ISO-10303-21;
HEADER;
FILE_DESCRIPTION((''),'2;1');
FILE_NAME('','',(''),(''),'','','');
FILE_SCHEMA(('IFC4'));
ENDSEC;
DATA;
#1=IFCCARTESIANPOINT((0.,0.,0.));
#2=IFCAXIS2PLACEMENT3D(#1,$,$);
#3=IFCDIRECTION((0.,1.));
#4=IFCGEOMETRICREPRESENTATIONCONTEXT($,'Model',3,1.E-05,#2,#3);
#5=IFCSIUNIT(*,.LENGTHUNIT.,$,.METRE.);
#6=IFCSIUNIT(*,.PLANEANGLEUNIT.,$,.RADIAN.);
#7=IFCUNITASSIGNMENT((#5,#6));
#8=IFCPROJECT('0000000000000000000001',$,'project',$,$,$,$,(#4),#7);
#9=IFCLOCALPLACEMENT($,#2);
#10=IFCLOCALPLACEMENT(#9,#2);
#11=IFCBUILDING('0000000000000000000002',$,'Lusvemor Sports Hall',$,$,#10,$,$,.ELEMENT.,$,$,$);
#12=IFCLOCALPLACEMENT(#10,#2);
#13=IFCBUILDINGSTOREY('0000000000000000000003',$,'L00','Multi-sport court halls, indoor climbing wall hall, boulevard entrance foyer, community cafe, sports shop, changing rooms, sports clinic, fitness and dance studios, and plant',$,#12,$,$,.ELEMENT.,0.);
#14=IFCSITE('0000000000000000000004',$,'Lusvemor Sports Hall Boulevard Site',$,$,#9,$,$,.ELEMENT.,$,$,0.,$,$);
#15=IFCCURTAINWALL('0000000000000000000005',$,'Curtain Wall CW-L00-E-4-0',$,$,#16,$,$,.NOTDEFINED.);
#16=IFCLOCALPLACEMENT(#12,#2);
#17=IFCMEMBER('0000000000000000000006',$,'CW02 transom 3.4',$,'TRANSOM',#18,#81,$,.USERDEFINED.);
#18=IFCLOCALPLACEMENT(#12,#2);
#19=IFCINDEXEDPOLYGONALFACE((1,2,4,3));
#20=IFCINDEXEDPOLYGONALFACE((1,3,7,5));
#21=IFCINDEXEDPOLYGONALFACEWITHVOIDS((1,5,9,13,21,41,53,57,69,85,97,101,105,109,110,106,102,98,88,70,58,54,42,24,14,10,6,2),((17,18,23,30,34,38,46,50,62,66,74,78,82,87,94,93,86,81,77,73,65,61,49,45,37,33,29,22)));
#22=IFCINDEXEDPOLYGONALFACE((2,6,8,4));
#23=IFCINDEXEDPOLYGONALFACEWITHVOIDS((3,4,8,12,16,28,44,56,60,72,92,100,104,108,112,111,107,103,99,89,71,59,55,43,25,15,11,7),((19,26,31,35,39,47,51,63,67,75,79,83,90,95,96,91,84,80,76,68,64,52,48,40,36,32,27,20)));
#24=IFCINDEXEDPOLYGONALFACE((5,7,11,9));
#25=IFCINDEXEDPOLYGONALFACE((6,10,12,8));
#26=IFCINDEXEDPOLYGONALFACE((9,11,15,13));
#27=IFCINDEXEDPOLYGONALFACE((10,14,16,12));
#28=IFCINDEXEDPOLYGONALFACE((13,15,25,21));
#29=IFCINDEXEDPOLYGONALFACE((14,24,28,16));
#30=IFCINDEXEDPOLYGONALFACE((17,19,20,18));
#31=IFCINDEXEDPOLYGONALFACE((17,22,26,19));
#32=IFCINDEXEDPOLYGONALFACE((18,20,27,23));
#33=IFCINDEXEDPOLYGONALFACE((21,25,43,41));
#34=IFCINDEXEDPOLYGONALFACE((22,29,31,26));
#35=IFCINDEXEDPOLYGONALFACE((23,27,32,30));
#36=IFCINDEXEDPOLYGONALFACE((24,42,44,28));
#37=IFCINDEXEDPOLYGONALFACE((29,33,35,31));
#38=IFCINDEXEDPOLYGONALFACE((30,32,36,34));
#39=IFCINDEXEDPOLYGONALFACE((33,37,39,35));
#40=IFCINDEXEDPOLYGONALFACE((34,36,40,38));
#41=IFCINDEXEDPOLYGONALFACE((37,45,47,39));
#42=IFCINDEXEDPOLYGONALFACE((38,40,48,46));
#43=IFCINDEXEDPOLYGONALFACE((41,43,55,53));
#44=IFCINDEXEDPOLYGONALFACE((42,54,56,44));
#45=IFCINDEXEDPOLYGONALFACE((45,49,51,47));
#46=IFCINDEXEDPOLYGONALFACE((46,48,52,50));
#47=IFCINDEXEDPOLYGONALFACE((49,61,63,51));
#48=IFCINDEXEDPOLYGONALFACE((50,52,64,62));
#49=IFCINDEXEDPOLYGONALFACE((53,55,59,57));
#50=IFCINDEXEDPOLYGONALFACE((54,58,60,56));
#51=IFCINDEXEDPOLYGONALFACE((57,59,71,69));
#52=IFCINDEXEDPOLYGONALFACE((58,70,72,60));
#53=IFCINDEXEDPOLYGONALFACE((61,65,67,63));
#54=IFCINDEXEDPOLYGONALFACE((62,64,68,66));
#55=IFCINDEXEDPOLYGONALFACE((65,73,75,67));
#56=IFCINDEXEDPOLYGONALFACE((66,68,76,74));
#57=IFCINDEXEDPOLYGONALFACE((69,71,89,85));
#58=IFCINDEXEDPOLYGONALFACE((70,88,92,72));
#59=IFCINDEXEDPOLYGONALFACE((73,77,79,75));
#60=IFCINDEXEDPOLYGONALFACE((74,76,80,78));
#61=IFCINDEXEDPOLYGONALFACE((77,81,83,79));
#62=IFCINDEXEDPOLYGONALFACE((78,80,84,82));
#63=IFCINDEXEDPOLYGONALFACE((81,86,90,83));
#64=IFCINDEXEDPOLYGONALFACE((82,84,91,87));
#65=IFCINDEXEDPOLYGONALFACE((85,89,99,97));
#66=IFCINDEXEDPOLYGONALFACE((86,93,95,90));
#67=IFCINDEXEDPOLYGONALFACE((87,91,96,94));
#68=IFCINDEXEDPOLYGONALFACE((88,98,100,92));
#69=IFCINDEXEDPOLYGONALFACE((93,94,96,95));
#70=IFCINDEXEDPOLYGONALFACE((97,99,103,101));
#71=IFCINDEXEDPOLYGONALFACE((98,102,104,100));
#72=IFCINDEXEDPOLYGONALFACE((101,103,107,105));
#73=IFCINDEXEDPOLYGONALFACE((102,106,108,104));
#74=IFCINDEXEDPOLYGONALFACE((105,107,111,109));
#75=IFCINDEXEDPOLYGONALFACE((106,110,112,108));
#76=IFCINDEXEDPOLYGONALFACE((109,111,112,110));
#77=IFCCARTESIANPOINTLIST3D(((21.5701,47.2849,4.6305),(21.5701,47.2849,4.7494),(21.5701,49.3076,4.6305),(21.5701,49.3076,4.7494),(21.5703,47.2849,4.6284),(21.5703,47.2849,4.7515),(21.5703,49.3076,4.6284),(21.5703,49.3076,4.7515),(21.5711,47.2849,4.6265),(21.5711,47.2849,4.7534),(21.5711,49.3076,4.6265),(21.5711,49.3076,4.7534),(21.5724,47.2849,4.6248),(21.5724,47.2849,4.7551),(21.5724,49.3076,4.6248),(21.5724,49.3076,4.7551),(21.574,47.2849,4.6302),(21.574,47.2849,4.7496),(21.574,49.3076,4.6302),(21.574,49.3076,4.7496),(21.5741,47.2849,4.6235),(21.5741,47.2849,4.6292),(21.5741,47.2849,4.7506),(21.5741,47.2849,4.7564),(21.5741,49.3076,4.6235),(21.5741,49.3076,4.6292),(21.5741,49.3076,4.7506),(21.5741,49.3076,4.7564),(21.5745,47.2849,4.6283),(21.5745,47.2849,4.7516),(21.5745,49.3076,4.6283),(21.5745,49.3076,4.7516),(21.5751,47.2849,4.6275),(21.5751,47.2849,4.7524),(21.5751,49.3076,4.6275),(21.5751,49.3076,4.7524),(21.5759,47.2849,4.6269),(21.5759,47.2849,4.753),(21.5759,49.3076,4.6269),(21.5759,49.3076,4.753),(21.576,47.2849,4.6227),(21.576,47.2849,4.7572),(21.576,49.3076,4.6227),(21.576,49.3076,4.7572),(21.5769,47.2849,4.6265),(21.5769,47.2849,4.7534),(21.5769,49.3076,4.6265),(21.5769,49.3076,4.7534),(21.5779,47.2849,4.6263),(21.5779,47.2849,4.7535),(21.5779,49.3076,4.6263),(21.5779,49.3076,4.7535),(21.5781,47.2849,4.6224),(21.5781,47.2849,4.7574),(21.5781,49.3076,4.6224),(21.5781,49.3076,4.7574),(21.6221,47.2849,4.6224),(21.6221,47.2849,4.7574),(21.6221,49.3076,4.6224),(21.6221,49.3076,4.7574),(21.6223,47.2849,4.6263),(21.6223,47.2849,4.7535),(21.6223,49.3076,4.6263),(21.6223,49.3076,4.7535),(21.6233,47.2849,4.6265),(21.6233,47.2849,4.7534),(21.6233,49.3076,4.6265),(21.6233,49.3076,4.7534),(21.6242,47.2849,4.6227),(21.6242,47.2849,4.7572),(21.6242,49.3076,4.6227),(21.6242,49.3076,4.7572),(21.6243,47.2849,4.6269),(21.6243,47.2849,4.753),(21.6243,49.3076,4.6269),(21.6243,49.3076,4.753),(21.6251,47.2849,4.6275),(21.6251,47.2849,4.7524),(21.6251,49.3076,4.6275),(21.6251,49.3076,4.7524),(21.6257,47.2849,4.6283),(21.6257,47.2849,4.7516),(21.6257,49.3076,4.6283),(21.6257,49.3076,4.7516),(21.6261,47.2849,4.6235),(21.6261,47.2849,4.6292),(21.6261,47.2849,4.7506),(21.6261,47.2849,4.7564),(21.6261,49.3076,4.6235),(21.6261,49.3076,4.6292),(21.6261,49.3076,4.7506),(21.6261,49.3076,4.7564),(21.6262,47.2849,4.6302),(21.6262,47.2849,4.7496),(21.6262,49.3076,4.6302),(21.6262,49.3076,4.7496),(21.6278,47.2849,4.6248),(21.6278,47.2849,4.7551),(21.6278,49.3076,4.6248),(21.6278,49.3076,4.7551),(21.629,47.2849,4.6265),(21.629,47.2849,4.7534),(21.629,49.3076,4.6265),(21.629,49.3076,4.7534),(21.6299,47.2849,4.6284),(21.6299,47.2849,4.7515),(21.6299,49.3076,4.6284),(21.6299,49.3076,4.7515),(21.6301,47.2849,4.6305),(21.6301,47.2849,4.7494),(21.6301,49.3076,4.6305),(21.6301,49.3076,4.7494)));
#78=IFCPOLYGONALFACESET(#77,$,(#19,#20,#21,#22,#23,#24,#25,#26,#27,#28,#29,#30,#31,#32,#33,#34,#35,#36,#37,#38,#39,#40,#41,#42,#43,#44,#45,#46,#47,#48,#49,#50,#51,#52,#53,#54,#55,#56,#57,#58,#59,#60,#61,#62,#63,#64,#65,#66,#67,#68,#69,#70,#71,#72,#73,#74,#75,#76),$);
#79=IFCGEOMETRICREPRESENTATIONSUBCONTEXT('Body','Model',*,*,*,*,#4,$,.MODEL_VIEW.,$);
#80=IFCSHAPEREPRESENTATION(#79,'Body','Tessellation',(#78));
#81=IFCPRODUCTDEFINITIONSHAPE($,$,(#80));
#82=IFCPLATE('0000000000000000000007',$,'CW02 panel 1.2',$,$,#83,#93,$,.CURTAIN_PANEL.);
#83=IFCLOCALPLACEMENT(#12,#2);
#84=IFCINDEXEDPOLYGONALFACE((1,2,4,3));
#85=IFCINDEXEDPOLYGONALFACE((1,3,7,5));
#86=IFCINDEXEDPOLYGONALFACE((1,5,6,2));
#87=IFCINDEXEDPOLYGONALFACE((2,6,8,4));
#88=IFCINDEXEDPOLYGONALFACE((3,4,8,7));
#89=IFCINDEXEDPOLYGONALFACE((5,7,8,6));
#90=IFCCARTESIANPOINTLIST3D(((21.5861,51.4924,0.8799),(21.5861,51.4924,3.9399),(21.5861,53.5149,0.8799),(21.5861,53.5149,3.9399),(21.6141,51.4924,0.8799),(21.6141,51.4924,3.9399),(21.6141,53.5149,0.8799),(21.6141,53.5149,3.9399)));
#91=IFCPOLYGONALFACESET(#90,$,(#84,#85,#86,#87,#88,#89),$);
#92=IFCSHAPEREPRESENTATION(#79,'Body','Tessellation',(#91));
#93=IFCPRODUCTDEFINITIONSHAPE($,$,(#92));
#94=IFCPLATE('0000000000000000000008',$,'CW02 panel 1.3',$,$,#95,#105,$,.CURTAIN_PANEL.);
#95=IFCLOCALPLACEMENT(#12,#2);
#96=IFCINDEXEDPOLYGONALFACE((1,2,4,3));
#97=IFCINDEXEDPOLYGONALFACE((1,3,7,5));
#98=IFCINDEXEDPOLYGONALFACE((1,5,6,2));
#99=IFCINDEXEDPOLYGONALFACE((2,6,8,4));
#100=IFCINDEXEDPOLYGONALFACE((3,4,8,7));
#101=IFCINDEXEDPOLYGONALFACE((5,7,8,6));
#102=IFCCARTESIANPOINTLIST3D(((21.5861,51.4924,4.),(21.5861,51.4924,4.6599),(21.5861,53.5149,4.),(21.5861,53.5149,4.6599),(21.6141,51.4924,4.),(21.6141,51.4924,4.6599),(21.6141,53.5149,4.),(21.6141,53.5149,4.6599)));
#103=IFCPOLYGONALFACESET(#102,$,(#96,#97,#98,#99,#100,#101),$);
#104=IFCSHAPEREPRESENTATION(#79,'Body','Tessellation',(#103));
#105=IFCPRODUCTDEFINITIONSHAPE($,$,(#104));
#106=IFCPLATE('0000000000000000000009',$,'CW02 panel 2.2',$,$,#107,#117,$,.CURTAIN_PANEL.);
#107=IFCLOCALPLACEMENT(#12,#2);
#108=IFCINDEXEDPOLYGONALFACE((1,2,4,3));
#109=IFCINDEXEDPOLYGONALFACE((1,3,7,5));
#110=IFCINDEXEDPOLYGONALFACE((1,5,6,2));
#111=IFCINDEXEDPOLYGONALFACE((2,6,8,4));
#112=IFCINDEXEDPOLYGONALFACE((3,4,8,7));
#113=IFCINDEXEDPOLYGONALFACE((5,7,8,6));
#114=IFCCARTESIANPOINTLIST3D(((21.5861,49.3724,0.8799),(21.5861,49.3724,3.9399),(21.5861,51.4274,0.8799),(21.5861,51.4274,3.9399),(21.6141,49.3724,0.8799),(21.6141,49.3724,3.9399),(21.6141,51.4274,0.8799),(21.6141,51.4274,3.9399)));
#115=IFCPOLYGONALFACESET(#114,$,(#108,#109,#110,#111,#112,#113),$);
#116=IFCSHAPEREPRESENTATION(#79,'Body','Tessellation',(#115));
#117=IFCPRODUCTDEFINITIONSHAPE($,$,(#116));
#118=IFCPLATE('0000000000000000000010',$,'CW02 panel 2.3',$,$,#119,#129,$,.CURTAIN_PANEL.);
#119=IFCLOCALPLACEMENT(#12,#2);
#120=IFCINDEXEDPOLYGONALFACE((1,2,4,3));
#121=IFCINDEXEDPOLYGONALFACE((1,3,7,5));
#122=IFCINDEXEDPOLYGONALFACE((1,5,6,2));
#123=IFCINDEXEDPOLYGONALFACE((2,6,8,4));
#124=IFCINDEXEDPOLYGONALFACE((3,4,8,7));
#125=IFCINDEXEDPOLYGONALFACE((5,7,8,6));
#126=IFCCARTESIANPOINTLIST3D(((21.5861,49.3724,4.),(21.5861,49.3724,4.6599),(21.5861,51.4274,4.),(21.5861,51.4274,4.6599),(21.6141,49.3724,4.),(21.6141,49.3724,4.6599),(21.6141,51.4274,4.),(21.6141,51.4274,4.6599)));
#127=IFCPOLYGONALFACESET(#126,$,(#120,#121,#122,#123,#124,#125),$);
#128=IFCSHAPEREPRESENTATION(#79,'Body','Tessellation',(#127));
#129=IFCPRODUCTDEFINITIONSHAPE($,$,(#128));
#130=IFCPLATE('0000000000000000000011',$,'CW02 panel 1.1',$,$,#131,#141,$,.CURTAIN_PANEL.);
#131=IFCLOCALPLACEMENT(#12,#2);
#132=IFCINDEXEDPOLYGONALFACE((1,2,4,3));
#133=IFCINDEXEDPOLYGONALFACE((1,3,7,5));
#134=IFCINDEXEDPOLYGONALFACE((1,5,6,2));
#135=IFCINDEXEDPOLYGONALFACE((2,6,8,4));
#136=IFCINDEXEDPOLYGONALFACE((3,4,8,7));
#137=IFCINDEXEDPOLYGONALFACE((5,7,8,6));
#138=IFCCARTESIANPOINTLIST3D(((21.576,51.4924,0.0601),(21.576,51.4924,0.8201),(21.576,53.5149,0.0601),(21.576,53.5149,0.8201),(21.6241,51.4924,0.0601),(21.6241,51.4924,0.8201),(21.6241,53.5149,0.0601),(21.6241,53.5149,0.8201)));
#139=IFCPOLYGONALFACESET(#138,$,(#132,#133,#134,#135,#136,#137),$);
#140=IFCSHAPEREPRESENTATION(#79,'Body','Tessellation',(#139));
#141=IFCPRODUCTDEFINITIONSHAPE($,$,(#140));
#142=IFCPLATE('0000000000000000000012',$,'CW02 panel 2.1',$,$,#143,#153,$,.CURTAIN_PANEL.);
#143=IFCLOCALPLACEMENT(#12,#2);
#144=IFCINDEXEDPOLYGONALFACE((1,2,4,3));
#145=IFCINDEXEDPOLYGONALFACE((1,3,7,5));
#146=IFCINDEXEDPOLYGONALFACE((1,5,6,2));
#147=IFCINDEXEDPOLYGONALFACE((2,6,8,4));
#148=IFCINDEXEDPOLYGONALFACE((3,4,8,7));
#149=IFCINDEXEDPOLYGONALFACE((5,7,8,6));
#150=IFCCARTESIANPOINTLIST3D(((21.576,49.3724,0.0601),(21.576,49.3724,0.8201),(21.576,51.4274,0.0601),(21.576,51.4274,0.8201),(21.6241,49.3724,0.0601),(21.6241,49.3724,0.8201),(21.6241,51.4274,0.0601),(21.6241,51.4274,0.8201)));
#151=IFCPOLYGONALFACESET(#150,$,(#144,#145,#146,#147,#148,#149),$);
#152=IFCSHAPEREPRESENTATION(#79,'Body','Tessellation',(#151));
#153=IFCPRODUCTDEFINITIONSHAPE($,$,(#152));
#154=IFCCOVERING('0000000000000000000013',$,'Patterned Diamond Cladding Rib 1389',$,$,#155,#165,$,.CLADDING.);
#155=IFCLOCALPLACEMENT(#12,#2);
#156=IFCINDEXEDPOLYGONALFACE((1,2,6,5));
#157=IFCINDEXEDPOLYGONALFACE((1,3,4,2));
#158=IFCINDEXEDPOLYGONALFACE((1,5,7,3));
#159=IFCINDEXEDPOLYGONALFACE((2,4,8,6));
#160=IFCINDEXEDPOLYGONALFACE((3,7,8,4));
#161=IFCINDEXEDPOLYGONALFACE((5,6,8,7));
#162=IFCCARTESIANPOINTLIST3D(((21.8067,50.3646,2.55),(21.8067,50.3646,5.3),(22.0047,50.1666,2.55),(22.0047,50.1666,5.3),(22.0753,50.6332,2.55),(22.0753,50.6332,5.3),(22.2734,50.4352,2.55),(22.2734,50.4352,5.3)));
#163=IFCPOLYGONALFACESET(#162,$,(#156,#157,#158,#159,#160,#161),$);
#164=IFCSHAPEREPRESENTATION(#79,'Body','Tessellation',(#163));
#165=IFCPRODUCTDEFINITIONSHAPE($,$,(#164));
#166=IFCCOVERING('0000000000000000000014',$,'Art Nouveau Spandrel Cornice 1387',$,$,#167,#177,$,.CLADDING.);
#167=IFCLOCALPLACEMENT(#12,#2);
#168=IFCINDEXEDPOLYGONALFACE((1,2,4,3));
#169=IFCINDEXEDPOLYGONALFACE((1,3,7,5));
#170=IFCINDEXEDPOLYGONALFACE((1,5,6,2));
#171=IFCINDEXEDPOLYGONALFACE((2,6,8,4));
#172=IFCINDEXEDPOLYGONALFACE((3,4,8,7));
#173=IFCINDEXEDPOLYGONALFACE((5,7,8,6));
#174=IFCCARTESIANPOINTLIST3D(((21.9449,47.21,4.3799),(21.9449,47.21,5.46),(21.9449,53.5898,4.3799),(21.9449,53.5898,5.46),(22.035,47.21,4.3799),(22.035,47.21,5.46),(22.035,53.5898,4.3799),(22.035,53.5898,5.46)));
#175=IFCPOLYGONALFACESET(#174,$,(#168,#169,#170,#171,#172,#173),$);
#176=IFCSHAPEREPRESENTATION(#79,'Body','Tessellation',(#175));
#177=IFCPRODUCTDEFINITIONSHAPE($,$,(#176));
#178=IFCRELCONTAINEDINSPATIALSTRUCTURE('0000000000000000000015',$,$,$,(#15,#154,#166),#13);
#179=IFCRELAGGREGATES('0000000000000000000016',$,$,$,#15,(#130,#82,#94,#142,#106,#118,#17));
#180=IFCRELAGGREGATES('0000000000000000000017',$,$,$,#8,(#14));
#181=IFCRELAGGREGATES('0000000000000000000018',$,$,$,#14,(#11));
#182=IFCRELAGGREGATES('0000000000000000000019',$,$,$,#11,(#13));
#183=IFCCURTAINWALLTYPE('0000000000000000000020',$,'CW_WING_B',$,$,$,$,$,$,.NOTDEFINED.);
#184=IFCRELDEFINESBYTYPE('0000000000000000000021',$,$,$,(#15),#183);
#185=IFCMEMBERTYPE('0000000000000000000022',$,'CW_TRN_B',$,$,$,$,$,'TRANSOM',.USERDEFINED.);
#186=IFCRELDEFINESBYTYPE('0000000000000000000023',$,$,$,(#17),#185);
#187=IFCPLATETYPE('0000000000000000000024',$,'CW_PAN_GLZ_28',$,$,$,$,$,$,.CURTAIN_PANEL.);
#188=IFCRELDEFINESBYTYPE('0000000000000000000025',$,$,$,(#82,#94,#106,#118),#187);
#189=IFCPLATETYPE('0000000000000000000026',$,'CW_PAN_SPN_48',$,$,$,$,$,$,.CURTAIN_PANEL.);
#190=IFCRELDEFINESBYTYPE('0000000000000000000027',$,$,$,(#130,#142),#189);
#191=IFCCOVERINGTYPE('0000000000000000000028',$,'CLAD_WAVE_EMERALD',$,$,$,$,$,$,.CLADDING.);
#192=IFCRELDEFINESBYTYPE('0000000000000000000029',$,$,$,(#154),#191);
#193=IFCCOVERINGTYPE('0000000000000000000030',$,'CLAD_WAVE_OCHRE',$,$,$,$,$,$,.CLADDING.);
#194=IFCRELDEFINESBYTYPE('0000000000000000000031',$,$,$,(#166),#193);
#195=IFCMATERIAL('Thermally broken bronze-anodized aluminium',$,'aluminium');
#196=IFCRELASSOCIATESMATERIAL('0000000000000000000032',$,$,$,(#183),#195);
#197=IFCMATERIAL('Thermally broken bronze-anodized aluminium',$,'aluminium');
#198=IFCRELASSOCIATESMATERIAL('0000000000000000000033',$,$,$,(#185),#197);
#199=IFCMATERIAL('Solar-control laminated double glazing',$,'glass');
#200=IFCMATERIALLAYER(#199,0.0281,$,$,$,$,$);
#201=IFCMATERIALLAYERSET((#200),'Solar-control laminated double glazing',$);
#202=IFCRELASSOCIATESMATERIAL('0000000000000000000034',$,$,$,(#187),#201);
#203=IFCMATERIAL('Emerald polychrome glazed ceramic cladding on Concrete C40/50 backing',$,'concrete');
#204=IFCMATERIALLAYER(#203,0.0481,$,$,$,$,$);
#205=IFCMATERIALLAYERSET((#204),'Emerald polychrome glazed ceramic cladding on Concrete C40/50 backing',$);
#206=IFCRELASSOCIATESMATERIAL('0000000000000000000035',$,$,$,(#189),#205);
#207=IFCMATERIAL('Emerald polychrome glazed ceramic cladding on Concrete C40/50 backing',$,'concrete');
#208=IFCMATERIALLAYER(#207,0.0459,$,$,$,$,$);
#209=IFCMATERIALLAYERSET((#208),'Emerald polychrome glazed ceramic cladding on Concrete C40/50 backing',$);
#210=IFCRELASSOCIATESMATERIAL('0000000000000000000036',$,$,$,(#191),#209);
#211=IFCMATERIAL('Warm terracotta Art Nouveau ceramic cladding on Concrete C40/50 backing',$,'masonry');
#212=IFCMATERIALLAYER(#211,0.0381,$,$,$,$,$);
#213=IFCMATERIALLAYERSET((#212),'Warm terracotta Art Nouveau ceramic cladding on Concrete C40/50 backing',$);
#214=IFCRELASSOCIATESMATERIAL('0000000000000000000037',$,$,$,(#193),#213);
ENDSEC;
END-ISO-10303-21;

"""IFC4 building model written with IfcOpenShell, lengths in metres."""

from ifc_helpers import new_model, si_unit, direction, frame, origin, origin_2d, place, context, subcontext, project, spatial, rectangle, hollow_rectangle, extrude, material, layer, layer_set, material_profile, profile_set, type_object, element, aggregate, save


model = new_model("IFC4")

# Units and contexts
model_context = context("Model", 3, precision=1e-05, world=origin(), true_north=direction((0.0, 1.0)))
body_context = subcontext(model_context, "Body", "Model", "MODEL_VIEW")
ifc_project = project(units=[si_unit("LENGTHUNIT", "METRE"), si_unit("PLANEANGLEUNIT", "RADIAN")], contexts=[model_context])

# Site, building, storey
site_placement = place(None, origin())
site = spatial("IfcSite", under=ifc_project, at=site_placement, Name="Lusvemor Sports Hall Boulevard Site", CompositionType="ELEMENT", RefElevation=0.0)
building_placement = place(site_placement, origin())
building = spatial("IfcBuilding", under=site, at=building_placement, Name="Lusvemor Sports Hall", CompositionType="ELEMENT")
storey_placement = place(building_placement, origin())
storey = spatial("IfcBuildingStorey", under=building, at=storey_placement, Name="L00", Description="Multi-sport court halls, indoor climbing wall hall, boulevard entrance foyer, community cafe, sports shop, changing rooms, sports clinic, fitness and dance studios, and plant", CompositionType="ELEMENT", Elevation=0.0)

# Curtain wall, member, plates
ifc_material_1 = material(Name="Thermally broken bronze-anodized aluminium", Category="aluminium")
curtain_wall_type = type_object("IfcCurtainWallType", Name="CW_WING_B", PredefinedType="NOTDEFINED", material=ifc_material_1)
curtain_wall_placement = place(storey_placement, origin())
curtain_wall = element("IfcCurtainWall", 1, at=curtain_wall_placement, inside=storey, type_object=curtain_wall_type, Name="Curtain Wall CW-L00-E-4-0", PredefinedType="NOTDEFINED")
ifc_material_2 = material(Name="Thermally broken bronze-anodized aluminium", Category="aluminium")
ifc_material_profile_1 = material_profile(ifc_material_2, hollow_rectangle(XDim=0.0601, YDim=0.135, WallThickness=0.0039, InnerFilletRadius=0.0039, OuterFilletRadius=0.0081, at=origin_2d()), Name="CWTRN135x60x4")
ifc_profile_set_1 = profile_set([ifc_material_profile_1], Name="Thermally broken bronze-anodized aluminium")
member_type_1 = type_object("IfcMemberType", Name="CW_TRN_B", ElementType="TRANSOM", PredefinedType="USERDEFINED", material=ifc_profile_set_1)
member_1_placement = place(storey_placement, frame((21.6001, 49.3076, 4.6899), z_axis=(0.0, -1.0, 0.0), x_axis=(1.0, 0.0, 0.0)))
member_1 = element("IfcMember", 2, at=member_1_placement, type_object=member_type_1, Name="CW02 transom 3.4", ObjectType="TRANSOM", PredefinedType="USERDEFINED", context=body_context, shape_type="SweptSolid", body=[
    extrude(hollow_rectangle(XDim=0.0601, YDim=0.135, WallThickness=0.0039, InnerFilletRadius=0.0039, OuterFilletRadius=0.0081, at=origin_2d()), origin(), (0.0, 0.0, 1.0), 2.0227),
])
ifc_material_3 = material(Name="Solar-control laminated double glazing", Category="glass")
ifc_layer_1 = layer(ifc_material_3, 0.0281)
ifc_layer_set_1 = layer_set([ifc_layer_1], Name="Solar-control laminated double glazing")
plate_type_1 = type_object("IfcPlateType", Name="CW_PAN_GLZ_28", PredefinedType="CURTAIN_PANEL", material=ifc_layer_set_1)
plate_1_placement = place(storey_placement, frame((21.6001, 52.5037, 0.8799), z_axis=(0.0, 0.0, 1.0), x_axis=(0.0, -1.0, 0.0)))
plate_1 = element("IfcPlate", 3, at=plate_1_placement, type_object=plate_type_1, Name="CW02 panel 1.2", PredefinedType="CURTAIN_PANEL", context=body_context, shape_type="SweptSolid", body=[
    extrude(rectangle(XDim=2.0225, YDim=0.0281, at=origin_2d()), origin(), (0.0, 0.0, 1.0), 3.0601),
])
plate_2_placement = place(storey_placement, frame((21.6001, 52.5037, 4.0), z_axis=(0.0, 0.0, 1.0), x_axis=(0.0, -1.0, 0.0)))
plate_2 = element("IfcPlate", 4, at=plate_2_placement, type_object=plate_type_1, Name="CW02 panel 1.3", PredefinedType="CURTAIN_PANEL", context=body_context, shape_type="SweptSolid", body=[
    extrude(rectangle(XDim=2.0225, YDim=0.0281, at=origin_2d()), origin(), (0.0, 0.0, 1.0), 0.6599),
])
plate_3_placement = place(storey_placement, frame((21.6001, 50.3999, 0.8799), z_axis=(0.0, 0.0, 1.0), x_axis=(0.0, -1.0, 0.0)))
plate_3 = element("IfcPlate", 5, at=plate_3_placement, type_object=plate_type_1, Name="CW02 panel 2.2", PredefinedType="CURTAIN_PANEL", context=body_context, shape_type="SweptSolid", body=[
    extrude(rectangle(XDim=2.0549, YDim=0.0281, at=origin_2d()), origin(), (0.0, 0.0, 1.0), 3.0601),
])
plate_4_placement = place(storey_placement, frame((21.6001, 50.3999, 4.0), z_axis=(0.0, 0.0, 1.0), x_axis=(0.0, -1.0, 0.0)))
plate_4 = element("IfcPlate", 6, at=plate_4_placement, type_object=plate_type_1, Name="CW02 panel 2.3", PredefinedType="CURTAIN_PANEL", context=body_context, shape_type="SweptSolid", body=[
    extrude(rectangle(XDim=2.0549, YDim=0.0281, at=origin_2d()), origin(), (0.0, 0.0, 1.0), 0.6599),
])
ifc_material_4 = material(Name="Emerald polychrome glazed ceramic cladding on Concrete C40/50 backing", Category="concrete")
ifc_layer_2 = layer(ifc_material_4, 0.0481)
ifc_layer_set_2 = layer_set([ifc_layer_2], Name="Emerald polychrome glazed ceramic cladding on Concrete C40/50 backing")
plate_type_2 = type_object("IfcPlateType", Name="CW_PAN_SPN_48", PredefinedType="CURTAIN_PANEL", material=ifc_layer_set_2)
plate_5_placement = place(storey_placement, frame((21.6001, 52.5037, 0.0601), z_axis=(0.0, 0.0, 1.0), x_axis=(0.0, -1.0, 0.0)))
plate_5 = element("IfcPlate", 7, at=plate_5_placement, type_object=plate_type_2, Name="CW02 panel 1.1", PredefinedType="CURTAIN_PANEL", context=body_context, shape_type="SweptSolid", body=[
    extrude(rectangle(XDim=2.0225, YDim=0.0481, at=origin_2d()), origin(), (0.0, 0.0, 1.0), 0.76),
])
plate_6_placement = place(storey_placement, frame((21.6001, 50.3999, 0.0601), z_axis=(0.0, 0.0, 1.0), x_axis=(0.0, -1.0, 0.0)))
plate_6 = element("IfcPlate", 8, at=plate_6_placement, type_object=plate_type_2, Name="CW02 panel 2.1", PredefinedType="CURTAIN_PANEL", context=body_context, shape_type="SweptSolid", body=[
    extrude(rectangle(XDim=2.0549, YDim=0.0481, at=origin_2d()), origin(), (0.0, 0.0, 1.0), 0.76),
])
aggregate(curtain_wall, [plate_5, plate_1, plate_2, plate_6, plate_3, plate_4, member_1])

# Coverings
ifc_material_5 = material(Name="Emerald polychrome glazed ceramic cladding on Concrete C40/50 backing", Category="concrete")
ifc_layer_3 = layer(ifc_material_5, 0.0459)
ifc_layer_set_3 = layer_set([ifc_layer_3], Name="Emerald polychrome glazed ceramic cladding on Concrete C40/50 backing")
covering_type_1 = type_object("IfcCoveringType", Name="CLAD_WAVE_EMERALD", PredefinedType="CLADDING", material=ifc_layer_set_3)
covering_1_placement = place(storey_placement, frame((22.04, 50.3999, 2.55), z_axis=(0.0, 0.0, 1.0), x_axis=(0.707107, 0.707107, 0.0)))
element("IfcCovering", 9, at=covering_1_placement, inside=storey, type_object=covering_type_1, Name="Patterned Diamond Cladding Rib 1389", PredefinedType="CLADDING", context=body_context, shape_type="SweptSolid", body=[
    extrude(rectangle(XDim=0.3799, YDim=0.28, at=origin_2d()), origin(), (0.0, 0.0, 1.0), 2.75),
])
ifc_material_6 = material(Name="Warm terracotta Art Nouveau ceramic cladding on Concrete C40/50 backing", Category="masonry")
ifc_layer_4 = layer(ifc_material_6, 0.0381)
ifc_layer_set_4 = layer_set([ifc_layer_4], Name="Warm terracotta Art Nouveau ceramic cladding on Concrete C40/50 backing")
covering_type_2 = type_object("IfcCoveringType", Name="CLAD_WAVE_OCHRE", PredefinedType="CLADDING", material=ifc_layer_set_4)
covering_2_placement = place(storey_placement, frame((21.99, 50.3999, 4.3799), z_axis=(0.0, 0.0, 1.0), x_axis=(1.0, 0.0, 0.0)))
element("IfcCovering", 10, at=covering_2_placement, inside=storey, type_object=covering_type_2, Name="Art Nouveau Spandrel Cornice 1387", PredefinedType="CLADDING", context=body_context, shape_type="SweptSolid", body=[
    extrude(rectangle(XDim=0.0901, YDim=6.3799, at=origin_2d()), origin(), (0.0, 0.0, 1.0), 1.0801),
])

save(model, "model.ifc")
